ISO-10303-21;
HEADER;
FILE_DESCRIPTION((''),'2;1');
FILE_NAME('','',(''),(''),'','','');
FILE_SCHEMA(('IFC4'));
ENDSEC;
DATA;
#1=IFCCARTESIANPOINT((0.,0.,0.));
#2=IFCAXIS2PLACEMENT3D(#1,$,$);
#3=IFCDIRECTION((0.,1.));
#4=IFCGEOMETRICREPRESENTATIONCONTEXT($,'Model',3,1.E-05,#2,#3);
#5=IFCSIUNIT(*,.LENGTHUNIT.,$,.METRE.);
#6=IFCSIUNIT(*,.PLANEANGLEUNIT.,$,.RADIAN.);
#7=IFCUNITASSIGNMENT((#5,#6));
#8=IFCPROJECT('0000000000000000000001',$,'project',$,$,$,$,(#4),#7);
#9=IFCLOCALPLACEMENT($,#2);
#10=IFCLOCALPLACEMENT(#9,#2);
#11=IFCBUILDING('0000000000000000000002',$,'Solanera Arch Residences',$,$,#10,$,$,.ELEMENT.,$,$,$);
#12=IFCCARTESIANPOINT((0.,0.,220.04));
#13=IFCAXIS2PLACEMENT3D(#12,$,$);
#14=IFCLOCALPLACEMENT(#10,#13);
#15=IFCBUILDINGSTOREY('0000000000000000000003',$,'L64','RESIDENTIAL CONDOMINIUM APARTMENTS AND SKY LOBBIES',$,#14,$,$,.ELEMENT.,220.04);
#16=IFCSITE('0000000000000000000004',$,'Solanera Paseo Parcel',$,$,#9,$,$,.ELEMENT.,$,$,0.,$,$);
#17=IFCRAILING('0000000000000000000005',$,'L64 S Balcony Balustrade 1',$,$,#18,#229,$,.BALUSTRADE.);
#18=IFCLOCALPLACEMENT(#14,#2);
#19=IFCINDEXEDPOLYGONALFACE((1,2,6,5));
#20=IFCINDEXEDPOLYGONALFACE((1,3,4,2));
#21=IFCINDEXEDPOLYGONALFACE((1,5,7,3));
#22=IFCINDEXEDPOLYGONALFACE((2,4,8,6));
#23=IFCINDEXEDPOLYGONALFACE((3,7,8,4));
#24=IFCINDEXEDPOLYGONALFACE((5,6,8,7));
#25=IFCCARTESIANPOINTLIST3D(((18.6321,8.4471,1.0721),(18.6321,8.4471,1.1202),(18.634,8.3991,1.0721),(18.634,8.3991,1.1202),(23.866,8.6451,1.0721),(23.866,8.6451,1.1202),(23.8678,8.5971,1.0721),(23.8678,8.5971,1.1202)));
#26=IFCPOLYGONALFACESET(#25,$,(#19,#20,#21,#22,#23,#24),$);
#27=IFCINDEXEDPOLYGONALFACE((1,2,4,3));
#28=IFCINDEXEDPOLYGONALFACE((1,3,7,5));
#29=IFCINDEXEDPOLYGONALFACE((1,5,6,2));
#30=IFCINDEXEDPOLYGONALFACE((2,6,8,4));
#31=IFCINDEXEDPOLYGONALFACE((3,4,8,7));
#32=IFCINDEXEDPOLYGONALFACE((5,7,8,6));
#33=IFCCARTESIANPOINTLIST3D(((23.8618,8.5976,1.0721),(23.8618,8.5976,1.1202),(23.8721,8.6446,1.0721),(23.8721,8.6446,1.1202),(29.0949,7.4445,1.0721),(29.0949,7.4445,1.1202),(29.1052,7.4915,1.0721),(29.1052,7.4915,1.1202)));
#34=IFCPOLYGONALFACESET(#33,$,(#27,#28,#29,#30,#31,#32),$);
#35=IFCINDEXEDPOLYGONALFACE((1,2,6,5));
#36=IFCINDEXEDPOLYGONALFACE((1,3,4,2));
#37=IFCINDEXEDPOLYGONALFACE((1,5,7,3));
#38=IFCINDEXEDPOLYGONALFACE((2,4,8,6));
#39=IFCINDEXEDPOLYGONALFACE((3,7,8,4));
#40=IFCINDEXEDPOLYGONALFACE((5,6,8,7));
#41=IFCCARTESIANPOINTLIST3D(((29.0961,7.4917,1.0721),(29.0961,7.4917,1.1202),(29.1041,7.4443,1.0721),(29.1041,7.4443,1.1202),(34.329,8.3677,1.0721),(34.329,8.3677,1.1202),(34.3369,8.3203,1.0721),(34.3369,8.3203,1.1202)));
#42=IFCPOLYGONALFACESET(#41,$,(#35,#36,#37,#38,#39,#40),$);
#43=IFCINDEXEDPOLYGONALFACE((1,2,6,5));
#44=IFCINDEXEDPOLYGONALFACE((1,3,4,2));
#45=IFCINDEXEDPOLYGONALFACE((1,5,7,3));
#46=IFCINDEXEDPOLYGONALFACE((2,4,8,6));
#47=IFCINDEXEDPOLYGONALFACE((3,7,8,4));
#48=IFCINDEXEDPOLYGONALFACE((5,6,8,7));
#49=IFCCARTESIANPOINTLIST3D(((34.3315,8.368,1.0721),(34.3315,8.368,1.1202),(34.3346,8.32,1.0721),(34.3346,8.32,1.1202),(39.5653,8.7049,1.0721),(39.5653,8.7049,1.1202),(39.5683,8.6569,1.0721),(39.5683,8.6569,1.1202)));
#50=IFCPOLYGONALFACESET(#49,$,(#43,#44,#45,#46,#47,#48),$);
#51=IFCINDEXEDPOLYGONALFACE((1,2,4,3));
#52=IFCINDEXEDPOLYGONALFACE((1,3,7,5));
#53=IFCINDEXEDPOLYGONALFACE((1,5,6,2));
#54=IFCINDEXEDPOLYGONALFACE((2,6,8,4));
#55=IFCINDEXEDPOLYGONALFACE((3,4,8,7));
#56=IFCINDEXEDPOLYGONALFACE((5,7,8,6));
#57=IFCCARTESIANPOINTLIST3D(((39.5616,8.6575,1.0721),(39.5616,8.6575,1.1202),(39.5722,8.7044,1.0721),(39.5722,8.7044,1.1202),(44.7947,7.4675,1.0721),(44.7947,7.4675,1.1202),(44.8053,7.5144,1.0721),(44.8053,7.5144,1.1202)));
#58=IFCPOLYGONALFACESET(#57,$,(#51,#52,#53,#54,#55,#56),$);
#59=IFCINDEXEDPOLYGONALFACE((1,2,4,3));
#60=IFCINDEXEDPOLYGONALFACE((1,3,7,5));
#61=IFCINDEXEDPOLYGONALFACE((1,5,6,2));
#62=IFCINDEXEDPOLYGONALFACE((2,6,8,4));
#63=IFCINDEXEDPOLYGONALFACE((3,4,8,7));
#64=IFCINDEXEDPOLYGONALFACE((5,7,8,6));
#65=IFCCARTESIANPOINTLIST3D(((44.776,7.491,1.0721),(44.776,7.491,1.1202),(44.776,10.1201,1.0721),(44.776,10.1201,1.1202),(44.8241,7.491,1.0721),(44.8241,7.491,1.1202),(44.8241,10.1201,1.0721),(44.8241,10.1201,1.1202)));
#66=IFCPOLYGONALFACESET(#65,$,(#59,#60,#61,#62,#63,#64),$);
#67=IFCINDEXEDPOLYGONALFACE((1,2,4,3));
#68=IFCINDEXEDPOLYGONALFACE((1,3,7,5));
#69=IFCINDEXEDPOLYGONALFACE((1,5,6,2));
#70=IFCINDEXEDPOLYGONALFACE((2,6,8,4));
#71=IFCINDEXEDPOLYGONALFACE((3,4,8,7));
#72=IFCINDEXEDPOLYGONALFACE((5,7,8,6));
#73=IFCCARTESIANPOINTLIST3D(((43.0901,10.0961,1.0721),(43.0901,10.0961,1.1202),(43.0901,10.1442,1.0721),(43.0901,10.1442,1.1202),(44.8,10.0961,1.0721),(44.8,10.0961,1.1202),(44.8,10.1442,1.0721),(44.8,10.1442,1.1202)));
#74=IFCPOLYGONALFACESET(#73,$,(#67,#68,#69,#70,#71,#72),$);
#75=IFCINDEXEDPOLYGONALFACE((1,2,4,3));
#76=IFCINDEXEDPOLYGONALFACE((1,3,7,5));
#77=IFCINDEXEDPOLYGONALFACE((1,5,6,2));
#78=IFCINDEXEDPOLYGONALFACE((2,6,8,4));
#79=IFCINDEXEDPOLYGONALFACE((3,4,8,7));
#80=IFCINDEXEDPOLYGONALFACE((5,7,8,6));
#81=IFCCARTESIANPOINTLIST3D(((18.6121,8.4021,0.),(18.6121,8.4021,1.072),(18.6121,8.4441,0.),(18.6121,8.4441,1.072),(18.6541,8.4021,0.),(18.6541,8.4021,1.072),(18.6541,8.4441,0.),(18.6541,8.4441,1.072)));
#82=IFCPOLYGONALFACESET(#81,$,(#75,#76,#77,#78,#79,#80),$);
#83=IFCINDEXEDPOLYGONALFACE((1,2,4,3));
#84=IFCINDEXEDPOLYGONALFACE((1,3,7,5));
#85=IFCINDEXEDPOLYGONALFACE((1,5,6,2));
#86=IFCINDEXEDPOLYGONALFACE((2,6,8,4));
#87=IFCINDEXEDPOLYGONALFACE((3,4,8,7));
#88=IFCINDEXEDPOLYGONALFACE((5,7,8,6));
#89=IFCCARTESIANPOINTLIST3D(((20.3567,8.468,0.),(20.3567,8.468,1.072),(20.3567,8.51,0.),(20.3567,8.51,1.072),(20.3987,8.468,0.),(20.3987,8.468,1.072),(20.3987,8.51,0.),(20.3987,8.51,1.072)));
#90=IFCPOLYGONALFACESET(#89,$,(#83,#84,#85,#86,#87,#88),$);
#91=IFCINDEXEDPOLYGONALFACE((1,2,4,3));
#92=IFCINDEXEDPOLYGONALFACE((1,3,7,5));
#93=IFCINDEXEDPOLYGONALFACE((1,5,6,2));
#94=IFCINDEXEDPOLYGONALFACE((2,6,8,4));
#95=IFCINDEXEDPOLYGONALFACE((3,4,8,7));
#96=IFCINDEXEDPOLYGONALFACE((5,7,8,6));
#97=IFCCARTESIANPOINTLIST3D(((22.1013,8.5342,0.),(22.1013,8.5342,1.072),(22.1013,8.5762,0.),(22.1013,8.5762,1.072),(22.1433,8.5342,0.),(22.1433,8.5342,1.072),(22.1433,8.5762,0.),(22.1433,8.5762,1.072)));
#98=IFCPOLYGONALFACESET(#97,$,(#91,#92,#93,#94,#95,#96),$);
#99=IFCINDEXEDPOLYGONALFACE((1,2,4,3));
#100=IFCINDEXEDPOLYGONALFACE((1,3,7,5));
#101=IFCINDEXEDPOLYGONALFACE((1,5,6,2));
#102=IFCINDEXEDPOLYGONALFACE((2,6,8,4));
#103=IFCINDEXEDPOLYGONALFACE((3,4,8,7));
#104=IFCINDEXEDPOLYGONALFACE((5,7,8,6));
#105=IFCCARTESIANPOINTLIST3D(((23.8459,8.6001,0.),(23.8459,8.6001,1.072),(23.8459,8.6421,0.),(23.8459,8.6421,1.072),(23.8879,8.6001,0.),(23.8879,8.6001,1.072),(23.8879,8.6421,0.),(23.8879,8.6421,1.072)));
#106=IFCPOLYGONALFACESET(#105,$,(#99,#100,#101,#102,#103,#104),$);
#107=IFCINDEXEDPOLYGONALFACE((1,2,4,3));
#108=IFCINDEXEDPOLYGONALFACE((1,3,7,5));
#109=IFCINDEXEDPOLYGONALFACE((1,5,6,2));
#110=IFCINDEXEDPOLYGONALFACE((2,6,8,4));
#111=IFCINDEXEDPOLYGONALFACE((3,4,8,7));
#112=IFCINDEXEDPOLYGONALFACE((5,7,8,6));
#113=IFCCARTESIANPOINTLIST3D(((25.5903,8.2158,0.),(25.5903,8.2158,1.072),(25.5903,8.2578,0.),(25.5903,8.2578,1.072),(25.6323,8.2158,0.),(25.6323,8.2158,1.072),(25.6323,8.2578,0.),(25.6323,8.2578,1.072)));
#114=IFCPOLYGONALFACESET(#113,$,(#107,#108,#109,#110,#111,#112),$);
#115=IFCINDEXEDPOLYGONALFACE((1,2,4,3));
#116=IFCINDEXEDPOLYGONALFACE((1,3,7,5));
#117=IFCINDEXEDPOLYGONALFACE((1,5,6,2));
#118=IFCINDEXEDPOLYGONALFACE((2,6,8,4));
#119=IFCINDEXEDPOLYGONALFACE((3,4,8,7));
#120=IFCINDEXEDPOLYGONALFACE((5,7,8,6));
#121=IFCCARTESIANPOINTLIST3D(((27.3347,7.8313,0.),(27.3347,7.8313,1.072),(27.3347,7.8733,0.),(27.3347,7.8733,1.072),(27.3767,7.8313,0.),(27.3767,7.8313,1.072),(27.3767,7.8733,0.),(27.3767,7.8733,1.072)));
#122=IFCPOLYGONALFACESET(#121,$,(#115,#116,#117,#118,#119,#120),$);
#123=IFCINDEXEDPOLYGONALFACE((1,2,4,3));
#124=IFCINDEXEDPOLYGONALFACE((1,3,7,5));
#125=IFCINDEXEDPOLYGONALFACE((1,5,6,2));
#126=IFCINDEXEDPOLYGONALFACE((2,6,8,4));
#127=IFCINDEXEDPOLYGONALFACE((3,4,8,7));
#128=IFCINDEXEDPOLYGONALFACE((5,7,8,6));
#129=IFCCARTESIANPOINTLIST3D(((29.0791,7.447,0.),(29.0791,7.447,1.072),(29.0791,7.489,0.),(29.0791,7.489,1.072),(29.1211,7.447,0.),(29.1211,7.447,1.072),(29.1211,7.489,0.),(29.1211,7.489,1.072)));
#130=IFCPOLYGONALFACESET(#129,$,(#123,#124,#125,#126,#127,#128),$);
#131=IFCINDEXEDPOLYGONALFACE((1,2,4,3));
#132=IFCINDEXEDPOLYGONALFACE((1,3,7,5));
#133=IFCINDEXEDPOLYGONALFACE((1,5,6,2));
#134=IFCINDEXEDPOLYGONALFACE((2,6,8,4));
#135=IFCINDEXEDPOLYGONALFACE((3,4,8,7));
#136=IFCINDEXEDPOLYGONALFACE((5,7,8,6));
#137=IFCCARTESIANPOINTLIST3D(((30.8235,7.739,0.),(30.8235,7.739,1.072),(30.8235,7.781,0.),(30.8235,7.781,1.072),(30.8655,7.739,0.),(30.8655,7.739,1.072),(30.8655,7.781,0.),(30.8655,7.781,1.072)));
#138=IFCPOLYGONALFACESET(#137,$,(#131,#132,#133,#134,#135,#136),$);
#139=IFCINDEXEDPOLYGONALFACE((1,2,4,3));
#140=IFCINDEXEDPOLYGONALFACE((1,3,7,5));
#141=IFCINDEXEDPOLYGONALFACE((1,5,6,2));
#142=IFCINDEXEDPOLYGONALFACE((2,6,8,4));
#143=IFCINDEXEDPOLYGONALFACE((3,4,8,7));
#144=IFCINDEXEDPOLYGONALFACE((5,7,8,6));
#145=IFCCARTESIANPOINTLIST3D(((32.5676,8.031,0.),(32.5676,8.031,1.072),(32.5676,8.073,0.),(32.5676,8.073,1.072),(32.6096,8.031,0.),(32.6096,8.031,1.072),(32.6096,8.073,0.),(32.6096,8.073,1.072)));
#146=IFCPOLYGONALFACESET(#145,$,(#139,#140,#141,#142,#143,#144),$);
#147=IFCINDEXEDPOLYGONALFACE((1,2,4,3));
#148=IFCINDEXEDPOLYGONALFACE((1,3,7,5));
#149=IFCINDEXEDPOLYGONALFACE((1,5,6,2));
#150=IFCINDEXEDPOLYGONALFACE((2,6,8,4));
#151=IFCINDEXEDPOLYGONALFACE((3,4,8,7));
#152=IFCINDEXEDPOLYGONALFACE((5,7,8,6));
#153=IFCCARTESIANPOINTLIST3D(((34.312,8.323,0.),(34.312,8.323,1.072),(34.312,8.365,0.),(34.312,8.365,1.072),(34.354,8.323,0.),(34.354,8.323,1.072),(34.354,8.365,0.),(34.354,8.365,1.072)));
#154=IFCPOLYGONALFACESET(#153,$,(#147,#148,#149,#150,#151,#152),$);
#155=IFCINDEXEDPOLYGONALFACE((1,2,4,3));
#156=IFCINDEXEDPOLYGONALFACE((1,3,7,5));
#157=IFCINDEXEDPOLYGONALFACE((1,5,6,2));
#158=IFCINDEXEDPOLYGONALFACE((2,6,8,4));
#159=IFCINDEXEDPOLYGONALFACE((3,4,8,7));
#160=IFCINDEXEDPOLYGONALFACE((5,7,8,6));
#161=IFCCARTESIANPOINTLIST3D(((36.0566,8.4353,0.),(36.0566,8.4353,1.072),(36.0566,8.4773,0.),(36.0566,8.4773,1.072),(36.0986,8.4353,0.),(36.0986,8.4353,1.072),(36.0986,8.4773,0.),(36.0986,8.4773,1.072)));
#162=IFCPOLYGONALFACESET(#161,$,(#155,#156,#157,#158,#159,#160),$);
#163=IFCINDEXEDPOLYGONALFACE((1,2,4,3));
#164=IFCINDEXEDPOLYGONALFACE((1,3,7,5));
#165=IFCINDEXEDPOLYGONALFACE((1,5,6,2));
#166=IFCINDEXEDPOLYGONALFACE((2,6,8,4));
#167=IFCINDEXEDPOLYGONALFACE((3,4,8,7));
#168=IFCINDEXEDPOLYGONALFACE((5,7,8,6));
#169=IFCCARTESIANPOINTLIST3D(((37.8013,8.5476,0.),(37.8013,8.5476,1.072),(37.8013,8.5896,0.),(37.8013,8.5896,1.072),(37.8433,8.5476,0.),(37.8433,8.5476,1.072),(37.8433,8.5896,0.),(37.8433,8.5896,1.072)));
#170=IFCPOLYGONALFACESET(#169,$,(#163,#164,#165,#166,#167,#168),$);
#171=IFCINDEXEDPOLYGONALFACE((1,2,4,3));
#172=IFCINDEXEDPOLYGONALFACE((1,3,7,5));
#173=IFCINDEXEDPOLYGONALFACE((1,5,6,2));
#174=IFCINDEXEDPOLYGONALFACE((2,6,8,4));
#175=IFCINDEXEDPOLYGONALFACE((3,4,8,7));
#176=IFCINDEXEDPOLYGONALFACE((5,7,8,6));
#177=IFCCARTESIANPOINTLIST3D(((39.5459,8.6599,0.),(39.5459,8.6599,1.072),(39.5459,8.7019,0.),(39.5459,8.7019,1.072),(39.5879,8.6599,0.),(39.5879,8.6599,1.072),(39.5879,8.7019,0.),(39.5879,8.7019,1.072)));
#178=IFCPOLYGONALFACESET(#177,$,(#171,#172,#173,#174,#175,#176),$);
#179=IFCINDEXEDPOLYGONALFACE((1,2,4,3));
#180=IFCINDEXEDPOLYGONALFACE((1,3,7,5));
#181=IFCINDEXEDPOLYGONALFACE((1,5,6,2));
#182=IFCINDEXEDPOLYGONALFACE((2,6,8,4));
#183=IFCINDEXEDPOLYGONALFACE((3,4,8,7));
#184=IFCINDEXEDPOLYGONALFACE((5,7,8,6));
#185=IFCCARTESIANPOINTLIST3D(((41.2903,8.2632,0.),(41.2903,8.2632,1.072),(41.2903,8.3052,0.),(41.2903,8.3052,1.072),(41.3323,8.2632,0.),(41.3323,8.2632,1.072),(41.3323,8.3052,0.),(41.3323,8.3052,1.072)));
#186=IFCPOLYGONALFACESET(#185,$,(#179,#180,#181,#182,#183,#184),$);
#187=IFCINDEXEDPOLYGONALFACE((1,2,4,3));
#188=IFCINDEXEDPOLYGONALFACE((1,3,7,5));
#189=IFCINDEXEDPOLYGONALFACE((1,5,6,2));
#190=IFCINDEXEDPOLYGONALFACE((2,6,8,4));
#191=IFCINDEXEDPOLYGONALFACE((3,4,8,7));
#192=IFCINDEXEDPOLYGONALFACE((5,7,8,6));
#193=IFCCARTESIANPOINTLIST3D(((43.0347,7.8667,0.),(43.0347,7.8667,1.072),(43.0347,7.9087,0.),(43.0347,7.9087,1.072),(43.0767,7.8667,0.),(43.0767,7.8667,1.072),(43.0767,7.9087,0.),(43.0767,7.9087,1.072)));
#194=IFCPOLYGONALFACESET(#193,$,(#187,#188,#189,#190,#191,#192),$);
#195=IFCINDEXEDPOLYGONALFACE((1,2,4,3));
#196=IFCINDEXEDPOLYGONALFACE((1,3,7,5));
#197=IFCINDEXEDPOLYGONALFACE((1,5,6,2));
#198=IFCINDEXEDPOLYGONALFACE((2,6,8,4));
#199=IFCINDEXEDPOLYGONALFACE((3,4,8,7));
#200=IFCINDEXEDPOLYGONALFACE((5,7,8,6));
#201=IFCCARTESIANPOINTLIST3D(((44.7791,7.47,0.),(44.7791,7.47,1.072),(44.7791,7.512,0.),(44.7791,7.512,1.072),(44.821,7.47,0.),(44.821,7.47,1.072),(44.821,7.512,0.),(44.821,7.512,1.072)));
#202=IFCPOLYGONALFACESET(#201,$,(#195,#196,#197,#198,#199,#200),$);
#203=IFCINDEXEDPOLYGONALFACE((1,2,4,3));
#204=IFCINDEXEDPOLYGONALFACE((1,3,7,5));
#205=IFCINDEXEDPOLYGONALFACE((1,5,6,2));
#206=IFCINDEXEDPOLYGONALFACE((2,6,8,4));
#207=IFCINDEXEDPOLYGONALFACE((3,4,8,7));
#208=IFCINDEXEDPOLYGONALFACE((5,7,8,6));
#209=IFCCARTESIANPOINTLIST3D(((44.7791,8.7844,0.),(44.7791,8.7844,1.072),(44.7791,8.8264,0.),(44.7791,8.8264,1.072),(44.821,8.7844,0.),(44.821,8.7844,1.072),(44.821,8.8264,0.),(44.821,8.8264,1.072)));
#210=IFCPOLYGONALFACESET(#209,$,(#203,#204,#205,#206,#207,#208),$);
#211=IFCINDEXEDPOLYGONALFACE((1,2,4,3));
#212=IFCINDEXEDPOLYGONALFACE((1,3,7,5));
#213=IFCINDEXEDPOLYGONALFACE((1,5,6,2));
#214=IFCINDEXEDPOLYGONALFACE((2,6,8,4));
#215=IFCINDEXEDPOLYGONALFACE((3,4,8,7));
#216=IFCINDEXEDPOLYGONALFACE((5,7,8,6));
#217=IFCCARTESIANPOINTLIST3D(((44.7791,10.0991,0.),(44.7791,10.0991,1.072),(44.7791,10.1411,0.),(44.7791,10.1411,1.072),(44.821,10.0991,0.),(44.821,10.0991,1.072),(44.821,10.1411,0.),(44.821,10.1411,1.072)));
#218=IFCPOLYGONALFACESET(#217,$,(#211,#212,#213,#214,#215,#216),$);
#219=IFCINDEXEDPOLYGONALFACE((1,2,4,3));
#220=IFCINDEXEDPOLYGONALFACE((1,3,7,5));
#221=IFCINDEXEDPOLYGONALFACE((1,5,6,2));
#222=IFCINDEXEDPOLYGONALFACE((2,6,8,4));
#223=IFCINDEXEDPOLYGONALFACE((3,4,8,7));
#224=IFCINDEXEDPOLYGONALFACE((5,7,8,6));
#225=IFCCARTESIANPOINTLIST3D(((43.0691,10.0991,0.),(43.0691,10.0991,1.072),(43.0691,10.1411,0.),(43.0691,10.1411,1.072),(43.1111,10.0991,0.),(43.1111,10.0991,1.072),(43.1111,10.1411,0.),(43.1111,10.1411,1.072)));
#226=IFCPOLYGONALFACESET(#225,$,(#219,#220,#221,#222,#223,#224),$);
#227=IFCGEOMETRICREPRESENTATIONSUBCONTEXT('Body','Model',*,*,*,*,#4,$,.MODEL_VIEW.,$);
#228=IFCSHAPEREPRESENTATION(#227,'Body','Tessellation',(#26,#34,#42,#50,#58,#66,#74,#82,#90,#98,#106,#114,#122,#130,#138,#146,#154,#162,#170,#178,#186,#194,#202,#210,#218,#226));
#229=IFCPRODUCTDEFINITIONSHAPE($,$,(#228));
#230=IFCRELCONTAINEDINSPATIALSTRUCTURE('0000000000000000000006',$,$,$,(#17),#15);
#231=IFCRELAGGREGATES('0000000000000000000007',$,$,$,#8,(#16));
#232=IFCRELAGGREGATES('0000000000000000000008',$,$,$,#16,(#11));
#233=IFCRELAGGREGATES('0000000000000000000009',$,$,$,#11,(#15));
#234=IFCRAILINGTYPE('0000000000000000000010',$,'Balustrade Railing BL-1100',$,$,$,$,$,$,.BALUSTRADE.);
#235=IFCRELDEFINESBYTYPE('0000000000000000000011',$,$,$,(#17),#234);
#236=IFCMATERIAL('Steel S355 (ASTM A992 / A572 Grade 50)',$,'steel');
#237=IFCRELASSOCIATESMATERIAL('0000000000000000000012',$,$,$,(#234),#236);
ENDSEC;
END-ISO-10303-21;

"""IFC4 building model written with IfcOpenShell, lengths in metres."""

from ifc_helpers import new_model, si_unit, direction, frame, origin, origin_2d, place, context, subcontext, project, spatial, rectangle, extrude, material, type_object, element, save


model = new_model("IFC4")

# Units and contexts
model_context = context("Model", 3, precision=1e-05, world=origin(), true_north=direction((0.0, 1.0)))
body_context = subcontext(model_context, "Body", "Model", "MODEL_VIEW")
ifc_project = project(units=[si_unit("LENGTHUNIT", "METRE"), si_unit("PLANEANGLEUNIT", "RADIAN")], contexts=[model_context])

# Site, building, storey
site_placement = place(None, origin())
site = spatial("IfcSite", under=ifc_project, at=site_placement, Name="Solanera Paseo Parcel", CompositionType="ELEMENT", RefElevation=0.0)
building_placement = place(site_placement, origin())
building = spatial("IfcBuilding", under=site, at=building_placement, Name="Solanera Arch Residences", CompositionType="ELEMENT")
storey_placement = place(building_placement, frame((0.0, 0.0, 220.04)))
storey = spatial("IfcBuildingStorey", under=building, at=storey_placement, Name="L64", Description="RESIDENTIAL CONDOMINIUM APARTMENTS AND SKY LOBBIES", CompositionType="ELEMENT", Elevation=220.04)

# Railing
ifc_material_1 = material(Name="Steel S355 (ASTM A992 / A572 Grade 50)", Category="steel")
railing_type = type_object("IfcRailingType", Name="Balustrade Railing BL-1100", PredefinedType="BALUSTRADE", material=ifc_material_1)
railing_placement = place(storey_placement, frame((18.6331, 8.4231, 0.0)))
element("IfcRailing", 1, at=railing_placement, inside=storey, type_object=railing_type, Name="L64 S Balcony Balustrade 1", PredefinedType="BALUSTRADE", context=body_context, shape_type="SweptSolid", body=[
    extrude(rectangle(XDim=0.0481, YDim=0.0481, at=origin_2d()), frame((0.0, 0.0, 1.0962), z_axis=(0.999285, 0.037803, 0.0), x_axis=(-0.037803, 0.999285, 0.0)), (0.0, 0.0, 1.0), 5.2375),
    extrude(rectangle(XDim=0.0481, YDim=0.0481, at=origin_2d()), frame((5.2339, 0.198, 1.0962), z_axis=(0.976575, -0.215179, 0.0), x_axis=(0.215179, 0.976575, 0.0)), (0.0, 0.0, 1.0), 5.3586),
    extrude(rectangle(XDim=0.0481, YDim=0.0481, at=origin_2d()), frame((10.467, -0.9551, 1.0962), z_axis=(0.986277, 0.1651, 0.0), x_axis=(-0.1651, 0.986277, 0.0)), (0.0, 0.0, 1.0), 5.3057),
    extrude(rectangle(XDim=0.0481, YDim=0.0481, at=origin_2d()), frame((15.7, -0.0791, 1.0962), z_axis=(0.997935, 0.064239, 0.0), x_axis=(-0.064239, 0.997935, 0.0)), (0.0, 0.0, 1.0), 5.2446),
    extrude(rectangle(XDim=0.0481, YDim=0.0481, at=origin_2d()), frame((20.9338, 0.2578, 1.0962), z_axis=(0.975109, -0.221725, 0.0), x_axis=(0.221725, 0.975109, 0.0)), (0.0, 0.0, 1.0), 5.3667),
    extrude(rectangle(XDim=0.0481, YDim=0.0481, at=origin_2d()), frame((26.167, -0.9321, 1.0962), z_axis=(0.0, 1.0, 0.0), x_axis=(-1.0, 0.0, 0.0)), (0.0, 0.0, 1.0), 2.6292),
    extrude(rectangle(XDim=0.0481, YDim=0.0481, at=origin_2d()), frame((26.167, 1.697, 1.0962), z_axis=(-1.0, 0.0, 0.0), x_axis=(0.0, -1.0, 0.0)), (0.0, 0.0, 1.0), 1.71),
    extrude(rectangle(XDim=0.042, YDim=0.042, at=origin_2d()), origin(), (0.0, 0.0, 1.0), 1.072),
    extrude(rectangle(XDim=0.042, YDim=0.042, at=origin_2d()), frame((1.7446, 0.0659, 0.0)), (0.0, 0.0, 1.0), 1.072),
    extrude(rectangle(XDim=0.042, YDim=0.042, at=origin_2d()), frame((3.4893, 0.1321, 0.0)), (0.0, 0.0, 1.0), 1.072),
    extrude(rectangle(XDim=0.042, YDim=0.042, at=origin_2d()), frame((5.2339, 0.198, 0.0)), (0.0, 0.0, 1.0), 1.072),
    extrude(rectangle(XDim=0.042, YDim=0.042, at=origin_2d()), frame((6.9783, -0.1863, 0.0)), (0.0, 0.0, 1.0), 1.072),
    extrude(rectangle(XDim=0.042, YDim=0.042, at=origin_2d()), frame((8.7227, -0.5708, 0.0)), (0.0, 0.0, 1.0), 1.072),
    extrude(rectangle(XDim=0.042, YDim=0.042, at=origin_2d()), frame((10.467, -0.9551, 0.0)), (0.0, 0.0, 1.0), 1.072),
    extrude(rectangle(XDim=0.042, YDim=0.042, at=origin_2d()), frame((12.2114, -0.6631, 0.0)), (0.0, 0.0, 1.0), 1.072),
    extrude(rectangle(XDim=0.042, YDim=0.042, at=origin_2d()), frame((13.9556, -0.3711, 0.0)), (0.0, 0.0, 1.0), 1.072),
    extrude(rectangle(XDim=0.042, YDim=0.042, at=origin_2d()), frame((15.7, -0.0791, 0.0)), (0.0, 0.0, 1.0), 1.072),
    extrude(rectangle(XDim=0.042, YDim=0.042, at=origin_2d()), frame((17.4446, 0.0332, 0.0)), (0.0, 0.0, 1.0), 1.072),
    extrude(rectangle(XDim=0.042, YDim=0.042, at=origin_2d()), frame((19.1892, 0.1455, 0.0)), (0.0, 0.0, 1.0), 1.072),
    extrude(rectangle(XDim=0.042, YDim=0.042, at=origin_2d()), frame((20.9338, 0.2578, 0.0)), (0.0, 0.0, 1.0), 1.072),
    extrude(rectangle(XDim=0.042, YDim=0.042, at=origin_2d()), frame((22.6782, -0.1389, 0.0)), (0.0, 0.0, 1.0), 1.072),
    extrude(rectangle(XDim=0.042, YDim=0.042, at=origin_2d()), frame((24.4226, -0.5354, 0.0)), (0.0, 0.0, 1.0), 1.072),
    extrude(rectangle(XDim=0.042, YDim=0.042, at=origin_2d()), frame((26.167, -0.9321, 0.0)), (0.0, 0.0, 1.0), 1.072),
    extrude(rectangle(XDim=0.042, YDim=0.042, at=origin_2d()), frame((26.167, 0.3823, 0.0)), (0.0, 0.0, 1.0), 1.072),
    extrude(rectangle(XDim=0.042, YDim=0.042, at=origin_2d()), frame((26.167, 1.697, 0.0)), (0.0, 0.0, 1.0), 1.072),
    extrude(rectangle(XDim=0.042, YDim=0.042, at=origin_2d()), frame((24.457, 1.697, 0.0)), (0.0, 0.0, 1.0), 1.072),
])

save(model, "model.ifc")
